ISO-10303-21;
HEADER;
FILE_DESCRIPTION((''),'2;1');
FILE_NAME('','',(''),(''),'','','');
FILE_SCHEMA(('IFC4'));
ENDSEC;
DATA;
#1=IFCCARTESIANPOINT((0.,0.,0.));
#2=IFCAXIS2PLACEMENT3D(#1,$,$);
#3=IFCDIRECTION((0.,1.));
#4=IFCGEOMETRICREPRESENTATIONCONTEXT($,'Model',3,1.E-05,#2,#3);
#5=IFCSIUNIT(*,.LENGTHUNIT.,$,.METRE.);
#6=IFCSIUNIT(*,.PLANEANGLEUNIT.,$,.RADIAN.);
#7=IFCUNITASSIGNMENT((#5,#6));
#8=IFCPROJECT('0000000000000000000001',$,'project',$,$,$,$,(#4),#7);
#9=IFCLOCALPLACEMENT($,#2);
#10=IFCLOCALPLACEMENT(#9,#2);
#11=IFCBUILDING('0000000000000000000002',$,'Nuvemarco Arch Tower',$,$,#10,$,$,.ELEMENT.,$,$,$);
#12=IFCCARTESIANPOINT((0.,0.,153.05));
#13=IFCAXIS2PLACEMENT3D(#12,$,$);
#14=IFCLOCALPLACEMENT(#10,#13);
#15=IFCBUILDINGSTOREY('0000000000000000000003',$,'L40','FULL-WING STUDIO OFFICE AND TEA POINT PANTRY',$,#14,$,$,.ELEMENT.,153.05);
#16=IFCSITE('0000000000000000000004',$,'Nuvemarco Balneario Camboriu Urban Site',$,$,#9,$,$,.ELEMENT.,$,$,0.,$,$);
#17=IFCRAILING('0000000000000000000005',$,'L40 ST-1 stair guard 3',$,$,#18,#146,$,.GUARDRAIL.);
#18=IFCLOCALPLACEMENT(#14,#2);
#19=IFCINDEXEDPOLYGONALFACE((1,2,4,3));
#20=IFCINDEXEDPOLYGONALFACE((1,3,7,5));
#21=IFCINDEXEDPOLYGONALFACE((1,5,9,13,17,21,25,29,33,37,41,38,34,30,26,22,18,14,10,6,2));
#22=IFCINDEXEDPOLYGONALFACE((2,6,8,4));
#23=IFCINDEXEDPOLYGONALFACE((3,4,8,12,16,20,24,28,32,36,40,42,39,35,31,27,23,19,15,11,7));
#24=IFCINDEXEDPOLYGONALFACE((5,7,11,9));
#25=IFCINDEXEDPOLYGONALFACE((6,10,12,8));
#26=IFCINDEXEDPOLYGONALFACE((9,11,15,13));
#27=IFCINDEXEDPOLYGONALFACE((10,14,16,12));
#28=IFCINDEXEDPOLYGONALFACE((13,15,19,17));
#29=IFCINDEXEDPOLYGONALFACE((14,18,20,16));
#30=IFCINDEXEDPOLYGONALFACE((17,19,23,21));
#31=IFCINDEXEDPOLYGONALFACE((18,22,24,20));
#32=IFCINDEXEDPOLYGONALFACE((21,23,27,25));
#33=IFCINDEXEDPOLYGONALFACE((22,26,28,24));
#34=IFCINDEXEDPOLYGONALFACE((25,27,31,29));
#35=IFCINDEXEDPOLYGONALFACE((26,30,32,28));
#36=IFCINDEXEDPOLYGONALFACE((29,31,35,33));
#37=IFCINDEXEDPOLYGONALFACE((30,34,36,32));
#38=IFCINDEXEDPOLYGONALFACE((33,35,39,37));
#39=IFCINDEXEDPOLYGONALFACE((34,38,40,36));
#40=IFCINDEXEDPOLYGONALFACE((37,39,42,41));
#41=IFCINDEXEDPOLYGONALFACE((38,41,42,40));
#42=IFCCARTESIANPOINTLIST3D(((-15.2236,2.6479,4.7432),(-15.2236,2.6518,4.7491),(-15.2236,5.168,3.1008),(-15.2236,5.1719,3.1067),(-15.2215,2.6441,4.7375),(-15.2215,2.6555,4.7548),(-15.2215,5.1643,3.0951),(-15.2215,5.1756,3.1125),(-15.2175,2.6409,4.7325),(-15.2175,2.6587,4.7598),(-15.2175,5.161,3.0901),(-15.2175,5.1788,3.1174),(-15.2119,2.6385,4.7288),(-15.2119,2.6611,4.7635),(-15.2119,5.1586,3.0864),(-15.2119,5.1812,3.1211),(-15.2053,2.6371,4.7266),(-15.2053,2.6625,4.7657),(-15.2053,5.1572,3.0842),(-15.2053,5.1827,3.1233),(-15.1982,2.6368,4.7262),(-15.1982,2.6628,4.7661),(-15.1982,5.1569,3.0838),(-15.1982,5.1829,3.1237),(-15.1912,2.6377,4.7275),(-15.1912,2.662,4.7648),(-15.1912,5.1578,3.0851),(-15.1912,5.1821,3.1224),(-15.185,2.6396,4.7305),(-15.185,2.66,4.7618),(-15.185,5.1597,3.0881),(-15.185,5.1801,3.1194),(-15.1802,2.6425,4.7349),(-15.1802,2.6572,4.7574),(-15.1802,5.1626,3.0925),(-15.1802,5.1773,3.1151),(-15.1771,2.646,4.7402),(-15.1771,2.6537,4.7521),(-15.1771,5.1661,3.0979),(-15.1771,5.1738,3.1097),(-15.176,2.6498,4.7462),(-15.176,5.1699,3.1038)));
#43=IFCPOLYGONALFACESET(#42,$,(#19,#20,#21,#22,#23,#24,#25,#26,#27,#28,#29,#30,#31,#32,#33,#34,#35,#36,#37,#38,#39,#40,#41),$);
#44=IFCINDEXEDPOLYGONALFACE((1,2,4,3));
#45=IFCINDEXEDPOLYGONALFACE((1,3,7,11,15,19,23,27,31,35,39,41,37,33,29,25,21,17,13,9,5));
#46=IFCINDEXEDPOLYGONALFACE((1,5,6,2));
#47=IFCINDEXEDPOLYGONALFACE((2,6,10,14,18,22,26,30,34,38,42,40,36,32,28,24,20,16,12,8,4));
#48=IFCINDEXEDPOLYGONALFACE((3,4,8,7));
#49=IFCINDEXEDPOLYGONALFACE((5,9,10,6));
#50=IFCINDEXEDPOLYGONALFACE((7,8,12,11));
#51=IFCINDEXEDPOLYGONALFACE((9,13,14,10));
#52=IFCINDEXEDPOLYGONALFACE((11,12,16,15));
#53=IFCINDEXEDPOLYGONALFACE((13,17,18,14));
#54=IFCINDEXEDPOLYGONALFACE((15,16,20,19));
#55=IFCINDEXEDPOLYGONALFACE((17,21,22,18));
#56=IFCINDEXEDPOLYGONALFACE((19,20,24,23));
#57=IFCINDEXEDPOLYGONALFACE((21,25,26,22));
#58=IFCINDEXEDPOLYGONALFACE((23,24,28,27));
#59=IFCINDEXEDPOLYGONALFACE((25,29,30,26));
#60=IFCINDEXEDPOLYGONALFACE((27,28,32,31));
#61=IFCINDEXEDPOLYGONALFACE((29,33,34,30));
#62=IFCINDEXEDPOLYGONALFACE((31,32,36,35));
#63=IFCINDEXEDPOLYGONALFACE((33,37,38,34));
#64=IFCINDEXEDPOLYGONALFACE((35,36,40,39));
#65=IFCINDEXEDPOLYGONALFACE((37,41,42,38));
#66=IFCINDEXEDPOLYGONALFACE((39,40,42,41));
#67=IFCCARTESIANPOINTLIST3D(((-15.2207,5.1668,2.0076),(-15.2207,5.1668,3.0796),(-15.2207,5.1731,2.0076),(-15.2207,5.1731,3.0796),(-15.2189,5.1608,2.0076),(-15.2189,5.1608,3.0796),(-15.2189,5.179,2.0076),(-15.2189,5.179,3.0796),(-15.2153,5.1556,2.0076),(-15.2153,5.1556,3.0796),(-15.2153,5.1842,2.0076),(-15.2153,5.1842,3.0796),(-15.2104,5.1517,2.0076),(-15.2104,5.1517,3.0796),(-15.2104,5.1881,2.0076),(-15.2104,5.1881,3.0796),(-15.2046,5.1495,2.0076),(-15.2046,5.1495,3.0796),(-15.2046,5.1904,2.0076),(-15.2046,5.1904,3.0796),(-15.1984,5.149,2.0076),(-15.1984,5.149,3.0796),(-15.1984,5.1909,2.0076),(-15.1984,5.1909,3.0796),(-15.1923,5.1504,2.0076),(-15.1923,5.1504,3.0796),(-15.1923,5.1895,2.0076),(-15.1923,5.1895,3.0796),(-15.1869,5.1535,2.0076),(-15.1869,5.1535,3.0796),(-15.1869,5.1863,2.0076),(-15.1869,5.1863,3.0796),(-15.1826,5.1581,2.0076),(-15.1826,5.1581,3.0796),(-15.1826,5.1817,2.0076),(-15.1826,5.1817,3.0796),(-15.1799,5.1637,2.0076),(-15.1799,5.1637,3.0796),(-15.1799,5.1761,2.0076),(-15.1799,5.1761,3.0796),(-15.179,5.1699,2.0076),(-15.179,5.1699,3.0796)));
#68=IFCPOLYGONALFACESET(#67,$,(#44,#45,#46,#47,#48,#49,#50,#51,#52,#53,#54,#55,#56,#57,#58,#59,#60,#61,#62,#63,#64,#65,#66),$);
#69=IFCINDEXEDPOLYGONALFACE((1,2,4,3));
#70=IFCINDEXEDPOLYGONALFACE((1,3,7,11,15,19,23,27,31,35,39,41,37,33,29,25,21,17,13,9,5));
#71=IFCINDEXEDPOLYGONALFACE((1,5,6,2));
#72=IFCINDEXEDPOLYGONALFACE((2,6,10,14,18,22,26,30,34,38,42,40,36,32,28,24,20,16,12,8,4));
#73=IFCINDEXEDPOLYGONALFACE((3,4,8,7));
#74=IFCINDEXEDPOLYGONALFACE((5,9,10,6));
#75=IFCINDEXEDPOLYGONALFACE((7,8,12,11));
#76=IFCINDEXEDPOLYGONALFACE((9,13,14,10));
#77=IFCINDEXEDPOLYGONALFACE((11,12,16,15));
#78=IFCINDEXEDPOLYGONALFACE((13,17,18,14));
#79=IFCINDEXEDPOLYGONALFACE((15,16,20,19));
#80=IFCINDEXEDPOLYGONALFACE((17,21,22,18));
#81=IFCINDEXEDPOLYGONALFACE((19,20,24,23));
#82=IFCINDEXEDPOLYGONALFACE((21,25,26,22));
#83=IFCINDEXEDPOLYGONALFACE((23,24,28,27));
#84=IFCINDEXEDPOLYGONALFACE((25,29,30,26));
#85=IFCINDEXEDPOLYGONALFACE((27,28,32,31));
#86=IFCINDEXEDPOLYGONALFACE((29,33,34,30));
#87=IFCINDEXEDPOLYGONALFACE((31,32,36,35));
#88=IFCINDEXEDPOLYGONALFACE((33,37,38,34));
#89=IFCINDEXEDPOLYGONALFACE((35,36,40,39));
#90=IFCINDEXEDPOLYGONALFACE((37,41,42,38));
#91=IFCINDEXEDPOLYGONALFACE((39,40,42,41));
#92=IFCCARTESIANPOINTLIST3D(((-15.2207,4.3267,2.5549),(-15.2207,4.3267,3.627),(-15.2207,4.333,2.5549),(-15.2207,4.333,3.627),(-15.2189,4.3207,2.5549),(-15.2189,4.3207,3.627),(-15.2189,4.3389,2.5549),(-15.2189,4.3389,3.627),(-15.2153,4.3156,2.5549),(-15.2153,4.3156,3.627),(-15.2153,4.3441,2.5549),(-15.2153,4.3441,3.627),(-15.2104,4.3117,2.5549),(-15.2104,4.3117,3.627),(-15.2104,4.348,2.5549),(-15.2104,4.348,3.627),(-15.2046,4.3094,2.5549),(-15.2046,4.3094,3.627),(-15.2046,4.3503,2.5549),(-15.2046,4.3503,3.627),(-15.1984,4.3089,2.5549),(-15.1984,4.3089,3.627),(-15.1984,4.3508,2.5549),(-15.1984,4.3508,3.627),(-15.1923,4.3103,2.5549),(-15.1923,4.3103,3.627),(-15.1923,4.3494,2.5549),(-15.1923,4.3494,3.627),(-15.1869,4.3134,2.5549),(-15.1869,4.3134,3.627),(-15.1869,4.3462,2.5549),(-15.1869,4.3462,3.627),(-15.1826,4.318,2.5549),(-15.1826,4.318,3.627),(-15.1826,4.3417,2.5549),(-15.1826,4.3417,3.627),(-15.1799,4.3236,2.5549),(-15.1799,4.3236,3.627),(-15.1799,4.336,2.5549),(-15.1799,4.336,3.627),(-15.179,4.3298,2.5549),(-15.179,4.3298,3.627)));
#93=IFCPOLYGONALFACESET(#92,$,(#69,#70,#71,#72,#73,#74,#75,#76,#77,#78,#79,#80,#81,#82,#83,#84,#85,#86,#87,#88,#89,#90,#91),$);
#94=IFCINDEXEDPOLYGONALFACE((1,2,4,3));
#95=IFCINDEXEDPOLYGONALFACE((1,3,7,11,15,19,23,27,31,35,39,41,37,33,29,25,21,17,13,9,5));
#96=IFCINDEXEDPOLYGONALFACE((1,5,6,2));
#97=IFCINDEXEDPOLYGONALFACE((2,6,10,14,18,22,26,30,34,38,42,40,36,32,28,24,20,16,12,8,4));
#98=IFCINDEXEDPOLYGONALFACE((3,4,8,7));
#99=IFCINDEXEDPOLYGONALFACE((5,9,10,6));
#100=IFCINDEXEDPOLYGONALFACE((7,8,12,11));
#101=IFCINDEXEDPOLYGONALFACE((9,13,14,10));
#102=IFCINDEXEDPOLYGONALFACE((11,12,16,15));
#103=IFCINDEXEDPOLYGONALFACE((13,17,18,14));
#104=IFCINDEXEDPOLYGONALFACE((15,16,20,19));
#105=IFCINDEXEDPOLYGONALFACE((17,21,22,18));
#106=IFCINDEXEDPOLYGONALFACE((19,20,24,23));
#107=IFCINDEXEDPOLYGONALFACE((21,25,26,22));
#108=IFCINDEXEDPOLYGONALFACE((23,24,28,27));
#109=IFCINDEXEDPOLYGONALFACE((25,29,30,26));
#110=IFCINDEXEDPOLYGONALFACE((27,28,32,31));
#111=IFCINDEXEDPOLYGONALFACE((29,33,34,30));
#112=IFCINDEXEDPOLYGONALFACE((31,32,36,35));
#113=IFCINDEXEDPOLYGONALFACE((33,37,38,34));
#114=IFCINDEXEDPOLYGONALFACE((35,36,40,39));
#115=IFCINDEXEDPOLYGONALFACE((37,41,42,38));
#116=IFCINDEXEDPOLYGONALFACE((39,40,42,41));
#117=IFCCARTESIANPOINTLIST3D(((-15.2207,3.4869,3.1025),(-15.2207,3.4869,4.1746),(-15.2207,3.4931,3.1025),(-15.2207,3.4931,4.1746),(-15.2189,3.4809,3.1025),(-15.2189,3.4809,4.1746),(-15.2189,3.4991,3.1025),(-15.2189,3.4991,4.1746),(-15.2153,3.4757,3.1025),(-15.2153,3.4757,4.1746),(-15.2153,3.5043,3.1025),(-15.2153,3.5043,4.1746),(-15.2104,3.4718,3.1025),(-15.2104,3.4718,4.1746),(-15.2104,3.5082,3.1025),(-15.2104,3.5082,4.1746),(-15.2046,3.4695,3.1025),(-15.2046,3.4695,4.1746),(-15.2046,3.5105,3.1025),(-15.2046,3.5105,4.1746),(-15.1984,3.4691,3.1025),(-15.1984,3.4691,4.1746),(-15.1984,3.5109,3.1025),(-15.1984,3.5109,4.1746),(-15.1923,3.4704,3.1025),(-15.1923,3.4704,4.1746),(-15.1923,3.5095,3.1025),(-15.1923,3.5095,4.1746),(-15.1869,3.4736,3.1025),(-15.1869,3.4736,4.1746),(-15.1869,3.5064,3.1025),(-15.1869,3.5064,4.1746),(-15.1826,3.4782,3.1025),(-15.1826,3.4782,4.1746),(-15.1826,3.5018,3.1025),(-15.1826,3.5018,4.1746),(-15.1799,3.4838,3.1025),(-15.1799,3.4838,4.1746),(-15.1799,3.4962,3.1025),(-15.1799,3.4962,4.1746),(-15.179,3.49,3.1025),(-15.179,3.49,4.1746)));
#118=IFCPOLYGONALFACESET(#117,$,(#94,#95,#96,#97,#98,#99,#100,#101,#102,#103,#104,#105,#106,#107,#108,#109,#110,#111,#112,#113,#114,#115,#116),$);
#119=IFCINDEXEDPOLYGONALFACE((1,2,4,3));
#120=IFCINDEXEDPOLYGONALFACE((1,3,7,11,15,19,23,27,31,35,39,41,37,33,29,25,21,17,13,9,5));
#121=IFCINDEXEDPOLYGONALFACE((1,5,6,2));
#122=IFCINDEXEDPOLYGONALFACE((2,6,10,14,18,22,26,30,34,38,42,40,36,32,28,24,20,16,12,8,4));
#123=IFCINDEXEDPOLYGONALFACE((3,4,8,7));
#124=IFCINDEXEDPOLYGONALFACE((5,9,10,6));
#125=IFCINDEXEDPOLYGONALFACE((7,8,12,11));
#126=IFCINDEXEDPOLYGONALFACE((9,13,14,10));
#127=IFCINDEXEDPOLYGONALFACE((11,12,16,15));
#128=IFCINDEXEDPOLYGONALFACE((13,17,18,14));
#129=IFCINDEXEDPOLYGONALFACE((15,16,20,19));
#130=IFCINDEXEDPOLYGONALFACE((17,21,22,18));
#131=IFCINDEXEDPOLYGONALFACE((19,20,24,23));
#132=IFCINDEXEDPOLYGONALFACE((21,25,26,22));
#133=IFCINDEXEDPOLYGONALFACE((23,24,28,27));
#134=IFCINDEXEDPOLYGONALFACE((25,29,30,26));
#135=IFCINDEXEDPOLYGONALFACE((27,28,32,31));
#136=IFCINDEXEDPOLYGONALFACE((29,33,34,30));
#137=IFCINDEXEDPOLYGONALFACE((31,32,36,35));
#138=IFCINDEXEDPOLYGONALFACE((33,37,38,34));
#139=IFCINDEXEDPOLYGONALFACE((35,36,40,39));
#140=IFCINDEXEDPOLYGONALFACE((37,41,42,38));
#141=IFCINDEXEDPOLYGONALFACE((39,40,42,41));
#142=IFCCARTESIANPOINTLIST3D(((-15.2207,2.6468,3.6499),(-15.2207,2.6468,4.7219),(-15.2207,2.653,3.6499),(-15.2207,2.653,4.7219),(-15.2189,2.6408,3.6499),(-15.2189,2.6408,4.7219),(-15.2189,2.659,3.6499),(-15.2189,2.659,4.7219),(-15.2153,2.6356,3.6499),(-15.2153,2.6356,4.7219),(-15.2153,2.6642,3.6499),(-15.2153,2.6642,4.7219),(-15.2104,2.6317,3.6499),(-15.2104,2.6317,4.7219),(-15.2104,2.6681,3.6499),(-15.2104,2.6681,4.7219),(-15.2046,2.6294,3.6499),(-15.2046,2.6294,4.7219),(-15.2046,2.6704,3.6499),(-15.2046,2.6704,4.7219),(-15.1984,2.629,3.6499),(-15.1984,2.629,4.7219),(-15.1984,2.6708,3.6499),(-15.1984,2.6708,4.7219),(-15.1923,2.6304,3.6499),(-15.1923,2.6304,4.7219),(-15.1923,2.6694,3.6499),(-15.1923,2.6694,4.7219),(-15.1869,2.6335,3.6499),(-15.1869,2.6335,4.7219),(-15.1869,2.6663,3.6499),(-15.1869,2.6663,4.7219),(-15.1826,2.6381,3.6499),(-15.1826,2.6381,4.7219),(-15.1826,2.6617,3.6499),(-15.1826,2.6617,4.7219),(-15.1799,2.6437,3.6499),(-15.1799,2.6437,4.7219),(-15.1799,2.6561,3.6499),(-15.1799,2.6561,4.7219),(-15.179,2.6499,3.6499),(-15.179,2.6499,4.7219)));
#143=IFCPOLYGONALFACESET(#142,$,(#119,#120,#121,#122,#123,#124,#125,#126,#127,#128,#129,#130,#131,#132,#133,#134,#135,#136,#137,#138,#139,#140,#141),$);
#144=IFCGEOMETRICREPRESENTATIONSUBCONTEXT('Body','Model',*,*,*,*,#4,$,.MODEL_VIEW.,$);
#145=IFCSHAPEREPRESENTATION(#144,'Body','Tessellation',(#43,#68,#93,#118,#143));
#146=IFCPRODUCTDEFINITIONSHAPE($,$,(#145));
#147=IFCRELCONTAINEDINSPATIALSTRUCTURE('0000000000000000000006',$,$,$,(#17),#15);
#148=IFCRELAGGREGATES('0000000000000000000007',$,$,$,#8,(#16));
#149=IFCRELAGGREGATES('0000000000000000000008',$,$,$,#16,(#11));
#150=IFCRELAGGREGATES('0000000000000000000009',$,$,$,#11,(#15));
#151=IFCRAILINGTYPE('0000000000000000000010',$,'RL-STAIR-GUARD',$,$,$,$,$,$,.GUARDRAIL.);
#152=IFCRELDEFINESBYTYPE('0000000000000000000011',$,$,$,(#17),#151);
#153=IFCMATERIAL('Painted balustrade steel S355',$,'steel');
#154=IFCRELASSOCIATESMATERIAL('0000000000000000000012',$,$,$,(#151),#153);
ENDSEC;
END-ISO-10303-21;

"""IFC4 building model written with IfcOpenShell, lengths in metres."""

from ifc_helpers import new_model, si_unit, direction, frame, origin, origin_2d, place, context, subcontext, project, spatial, circle, extrude, material, type_object, element, save


model = new_model("IFC4")

# Units and contexts
model_context = context("Model", 3, precision=1e-05, world=origin(), true_north=direction((0.0, 1.0)))
body_context = subcontext(model_context, "Body", "Model", "MODEL_VIEW")
ifc_project = project(units=[si_unit("LENGTHUNIT", "METRE"), si_unit("PLANEANGLEUNIT", "RADIAN")], contexts=[model_context])

# Site, building, storey
site_placement = place(None, origin())
site = spatial("IfcSite", under=ifc_project, at=site_placement, Name="Nuvemarco Balneario Camboriu Urban Site", CompositionType="ELEMENT", RefElevation=0.0)
building_placement = place(site_placement, origin())
building = spatial("IfcBuilding", under=site, at=building_placement, Name="Nuvemarco Arch Tower", CompositionType="ELEMENT")
storey_placement = place(building_placement, frame((0.0, 0.0, 153.05)))
storey = spatial("IfcBuildingStorey", under=building, at=storey_placement, Name="L40", Description="FULL-WING STUDIO OFFICE AND TEA POINT PANTRY", CompositionType="ELEMENT", Elevation=153.05)

# Railing
ifc_material_1 = material(Name="Painted balustrade steel S355", Category="steel")
railing_type_1 = type_object("IfcRailingType", Name="RL-STAIR-GUARD", PredefinedType="GUARDRAIL", material=ifc_material_1)
railing_1_placement = place(storey_placement, frame((-15.2, 5.1699, 2.0076)))
element("IfcRailing", 1, at=railing_1_placement, inside=storey, type_object=railing_type_1, Name="L40 ST-1 stair guard 3", PredefinedType="GUARDRAIL", context=body_context, shape_type="SweptSolid", body=[
    extrude(circle(Radius=0.0239, at=origin_2d()), frame((0.0, 0.0, 1.0962), z_axis=(0.0, -0.837787, 0.545998), x_axis=(1.0, 0.0, 0.0)), (0.0, 0.0, 1.0), 3.0081),
    extrude(circle(Radius=0.021, at=origin_2d()), origin(), (0.0, 0.0, 1.0), 1.072),
    extrude(circle(Radius=0.021, at=origin_2d()), frame((0.0, -0.8401, 0.5474)), (0.0, 0.0, 1.0), 1.072),
    extrude(circle(Radius=0.021, at=origin_2d()), frame((0.0, -1.6799, 1.095)), (0.0, 0.0, 1.0), 1.072),
    extrude(circle(Radius=0.021, at=origin_2d()), frame((0.0, -2.52, 1.6423)), (0.0, 0.0, 1.0), 1.072),
])

save(model, "model.ifc")
